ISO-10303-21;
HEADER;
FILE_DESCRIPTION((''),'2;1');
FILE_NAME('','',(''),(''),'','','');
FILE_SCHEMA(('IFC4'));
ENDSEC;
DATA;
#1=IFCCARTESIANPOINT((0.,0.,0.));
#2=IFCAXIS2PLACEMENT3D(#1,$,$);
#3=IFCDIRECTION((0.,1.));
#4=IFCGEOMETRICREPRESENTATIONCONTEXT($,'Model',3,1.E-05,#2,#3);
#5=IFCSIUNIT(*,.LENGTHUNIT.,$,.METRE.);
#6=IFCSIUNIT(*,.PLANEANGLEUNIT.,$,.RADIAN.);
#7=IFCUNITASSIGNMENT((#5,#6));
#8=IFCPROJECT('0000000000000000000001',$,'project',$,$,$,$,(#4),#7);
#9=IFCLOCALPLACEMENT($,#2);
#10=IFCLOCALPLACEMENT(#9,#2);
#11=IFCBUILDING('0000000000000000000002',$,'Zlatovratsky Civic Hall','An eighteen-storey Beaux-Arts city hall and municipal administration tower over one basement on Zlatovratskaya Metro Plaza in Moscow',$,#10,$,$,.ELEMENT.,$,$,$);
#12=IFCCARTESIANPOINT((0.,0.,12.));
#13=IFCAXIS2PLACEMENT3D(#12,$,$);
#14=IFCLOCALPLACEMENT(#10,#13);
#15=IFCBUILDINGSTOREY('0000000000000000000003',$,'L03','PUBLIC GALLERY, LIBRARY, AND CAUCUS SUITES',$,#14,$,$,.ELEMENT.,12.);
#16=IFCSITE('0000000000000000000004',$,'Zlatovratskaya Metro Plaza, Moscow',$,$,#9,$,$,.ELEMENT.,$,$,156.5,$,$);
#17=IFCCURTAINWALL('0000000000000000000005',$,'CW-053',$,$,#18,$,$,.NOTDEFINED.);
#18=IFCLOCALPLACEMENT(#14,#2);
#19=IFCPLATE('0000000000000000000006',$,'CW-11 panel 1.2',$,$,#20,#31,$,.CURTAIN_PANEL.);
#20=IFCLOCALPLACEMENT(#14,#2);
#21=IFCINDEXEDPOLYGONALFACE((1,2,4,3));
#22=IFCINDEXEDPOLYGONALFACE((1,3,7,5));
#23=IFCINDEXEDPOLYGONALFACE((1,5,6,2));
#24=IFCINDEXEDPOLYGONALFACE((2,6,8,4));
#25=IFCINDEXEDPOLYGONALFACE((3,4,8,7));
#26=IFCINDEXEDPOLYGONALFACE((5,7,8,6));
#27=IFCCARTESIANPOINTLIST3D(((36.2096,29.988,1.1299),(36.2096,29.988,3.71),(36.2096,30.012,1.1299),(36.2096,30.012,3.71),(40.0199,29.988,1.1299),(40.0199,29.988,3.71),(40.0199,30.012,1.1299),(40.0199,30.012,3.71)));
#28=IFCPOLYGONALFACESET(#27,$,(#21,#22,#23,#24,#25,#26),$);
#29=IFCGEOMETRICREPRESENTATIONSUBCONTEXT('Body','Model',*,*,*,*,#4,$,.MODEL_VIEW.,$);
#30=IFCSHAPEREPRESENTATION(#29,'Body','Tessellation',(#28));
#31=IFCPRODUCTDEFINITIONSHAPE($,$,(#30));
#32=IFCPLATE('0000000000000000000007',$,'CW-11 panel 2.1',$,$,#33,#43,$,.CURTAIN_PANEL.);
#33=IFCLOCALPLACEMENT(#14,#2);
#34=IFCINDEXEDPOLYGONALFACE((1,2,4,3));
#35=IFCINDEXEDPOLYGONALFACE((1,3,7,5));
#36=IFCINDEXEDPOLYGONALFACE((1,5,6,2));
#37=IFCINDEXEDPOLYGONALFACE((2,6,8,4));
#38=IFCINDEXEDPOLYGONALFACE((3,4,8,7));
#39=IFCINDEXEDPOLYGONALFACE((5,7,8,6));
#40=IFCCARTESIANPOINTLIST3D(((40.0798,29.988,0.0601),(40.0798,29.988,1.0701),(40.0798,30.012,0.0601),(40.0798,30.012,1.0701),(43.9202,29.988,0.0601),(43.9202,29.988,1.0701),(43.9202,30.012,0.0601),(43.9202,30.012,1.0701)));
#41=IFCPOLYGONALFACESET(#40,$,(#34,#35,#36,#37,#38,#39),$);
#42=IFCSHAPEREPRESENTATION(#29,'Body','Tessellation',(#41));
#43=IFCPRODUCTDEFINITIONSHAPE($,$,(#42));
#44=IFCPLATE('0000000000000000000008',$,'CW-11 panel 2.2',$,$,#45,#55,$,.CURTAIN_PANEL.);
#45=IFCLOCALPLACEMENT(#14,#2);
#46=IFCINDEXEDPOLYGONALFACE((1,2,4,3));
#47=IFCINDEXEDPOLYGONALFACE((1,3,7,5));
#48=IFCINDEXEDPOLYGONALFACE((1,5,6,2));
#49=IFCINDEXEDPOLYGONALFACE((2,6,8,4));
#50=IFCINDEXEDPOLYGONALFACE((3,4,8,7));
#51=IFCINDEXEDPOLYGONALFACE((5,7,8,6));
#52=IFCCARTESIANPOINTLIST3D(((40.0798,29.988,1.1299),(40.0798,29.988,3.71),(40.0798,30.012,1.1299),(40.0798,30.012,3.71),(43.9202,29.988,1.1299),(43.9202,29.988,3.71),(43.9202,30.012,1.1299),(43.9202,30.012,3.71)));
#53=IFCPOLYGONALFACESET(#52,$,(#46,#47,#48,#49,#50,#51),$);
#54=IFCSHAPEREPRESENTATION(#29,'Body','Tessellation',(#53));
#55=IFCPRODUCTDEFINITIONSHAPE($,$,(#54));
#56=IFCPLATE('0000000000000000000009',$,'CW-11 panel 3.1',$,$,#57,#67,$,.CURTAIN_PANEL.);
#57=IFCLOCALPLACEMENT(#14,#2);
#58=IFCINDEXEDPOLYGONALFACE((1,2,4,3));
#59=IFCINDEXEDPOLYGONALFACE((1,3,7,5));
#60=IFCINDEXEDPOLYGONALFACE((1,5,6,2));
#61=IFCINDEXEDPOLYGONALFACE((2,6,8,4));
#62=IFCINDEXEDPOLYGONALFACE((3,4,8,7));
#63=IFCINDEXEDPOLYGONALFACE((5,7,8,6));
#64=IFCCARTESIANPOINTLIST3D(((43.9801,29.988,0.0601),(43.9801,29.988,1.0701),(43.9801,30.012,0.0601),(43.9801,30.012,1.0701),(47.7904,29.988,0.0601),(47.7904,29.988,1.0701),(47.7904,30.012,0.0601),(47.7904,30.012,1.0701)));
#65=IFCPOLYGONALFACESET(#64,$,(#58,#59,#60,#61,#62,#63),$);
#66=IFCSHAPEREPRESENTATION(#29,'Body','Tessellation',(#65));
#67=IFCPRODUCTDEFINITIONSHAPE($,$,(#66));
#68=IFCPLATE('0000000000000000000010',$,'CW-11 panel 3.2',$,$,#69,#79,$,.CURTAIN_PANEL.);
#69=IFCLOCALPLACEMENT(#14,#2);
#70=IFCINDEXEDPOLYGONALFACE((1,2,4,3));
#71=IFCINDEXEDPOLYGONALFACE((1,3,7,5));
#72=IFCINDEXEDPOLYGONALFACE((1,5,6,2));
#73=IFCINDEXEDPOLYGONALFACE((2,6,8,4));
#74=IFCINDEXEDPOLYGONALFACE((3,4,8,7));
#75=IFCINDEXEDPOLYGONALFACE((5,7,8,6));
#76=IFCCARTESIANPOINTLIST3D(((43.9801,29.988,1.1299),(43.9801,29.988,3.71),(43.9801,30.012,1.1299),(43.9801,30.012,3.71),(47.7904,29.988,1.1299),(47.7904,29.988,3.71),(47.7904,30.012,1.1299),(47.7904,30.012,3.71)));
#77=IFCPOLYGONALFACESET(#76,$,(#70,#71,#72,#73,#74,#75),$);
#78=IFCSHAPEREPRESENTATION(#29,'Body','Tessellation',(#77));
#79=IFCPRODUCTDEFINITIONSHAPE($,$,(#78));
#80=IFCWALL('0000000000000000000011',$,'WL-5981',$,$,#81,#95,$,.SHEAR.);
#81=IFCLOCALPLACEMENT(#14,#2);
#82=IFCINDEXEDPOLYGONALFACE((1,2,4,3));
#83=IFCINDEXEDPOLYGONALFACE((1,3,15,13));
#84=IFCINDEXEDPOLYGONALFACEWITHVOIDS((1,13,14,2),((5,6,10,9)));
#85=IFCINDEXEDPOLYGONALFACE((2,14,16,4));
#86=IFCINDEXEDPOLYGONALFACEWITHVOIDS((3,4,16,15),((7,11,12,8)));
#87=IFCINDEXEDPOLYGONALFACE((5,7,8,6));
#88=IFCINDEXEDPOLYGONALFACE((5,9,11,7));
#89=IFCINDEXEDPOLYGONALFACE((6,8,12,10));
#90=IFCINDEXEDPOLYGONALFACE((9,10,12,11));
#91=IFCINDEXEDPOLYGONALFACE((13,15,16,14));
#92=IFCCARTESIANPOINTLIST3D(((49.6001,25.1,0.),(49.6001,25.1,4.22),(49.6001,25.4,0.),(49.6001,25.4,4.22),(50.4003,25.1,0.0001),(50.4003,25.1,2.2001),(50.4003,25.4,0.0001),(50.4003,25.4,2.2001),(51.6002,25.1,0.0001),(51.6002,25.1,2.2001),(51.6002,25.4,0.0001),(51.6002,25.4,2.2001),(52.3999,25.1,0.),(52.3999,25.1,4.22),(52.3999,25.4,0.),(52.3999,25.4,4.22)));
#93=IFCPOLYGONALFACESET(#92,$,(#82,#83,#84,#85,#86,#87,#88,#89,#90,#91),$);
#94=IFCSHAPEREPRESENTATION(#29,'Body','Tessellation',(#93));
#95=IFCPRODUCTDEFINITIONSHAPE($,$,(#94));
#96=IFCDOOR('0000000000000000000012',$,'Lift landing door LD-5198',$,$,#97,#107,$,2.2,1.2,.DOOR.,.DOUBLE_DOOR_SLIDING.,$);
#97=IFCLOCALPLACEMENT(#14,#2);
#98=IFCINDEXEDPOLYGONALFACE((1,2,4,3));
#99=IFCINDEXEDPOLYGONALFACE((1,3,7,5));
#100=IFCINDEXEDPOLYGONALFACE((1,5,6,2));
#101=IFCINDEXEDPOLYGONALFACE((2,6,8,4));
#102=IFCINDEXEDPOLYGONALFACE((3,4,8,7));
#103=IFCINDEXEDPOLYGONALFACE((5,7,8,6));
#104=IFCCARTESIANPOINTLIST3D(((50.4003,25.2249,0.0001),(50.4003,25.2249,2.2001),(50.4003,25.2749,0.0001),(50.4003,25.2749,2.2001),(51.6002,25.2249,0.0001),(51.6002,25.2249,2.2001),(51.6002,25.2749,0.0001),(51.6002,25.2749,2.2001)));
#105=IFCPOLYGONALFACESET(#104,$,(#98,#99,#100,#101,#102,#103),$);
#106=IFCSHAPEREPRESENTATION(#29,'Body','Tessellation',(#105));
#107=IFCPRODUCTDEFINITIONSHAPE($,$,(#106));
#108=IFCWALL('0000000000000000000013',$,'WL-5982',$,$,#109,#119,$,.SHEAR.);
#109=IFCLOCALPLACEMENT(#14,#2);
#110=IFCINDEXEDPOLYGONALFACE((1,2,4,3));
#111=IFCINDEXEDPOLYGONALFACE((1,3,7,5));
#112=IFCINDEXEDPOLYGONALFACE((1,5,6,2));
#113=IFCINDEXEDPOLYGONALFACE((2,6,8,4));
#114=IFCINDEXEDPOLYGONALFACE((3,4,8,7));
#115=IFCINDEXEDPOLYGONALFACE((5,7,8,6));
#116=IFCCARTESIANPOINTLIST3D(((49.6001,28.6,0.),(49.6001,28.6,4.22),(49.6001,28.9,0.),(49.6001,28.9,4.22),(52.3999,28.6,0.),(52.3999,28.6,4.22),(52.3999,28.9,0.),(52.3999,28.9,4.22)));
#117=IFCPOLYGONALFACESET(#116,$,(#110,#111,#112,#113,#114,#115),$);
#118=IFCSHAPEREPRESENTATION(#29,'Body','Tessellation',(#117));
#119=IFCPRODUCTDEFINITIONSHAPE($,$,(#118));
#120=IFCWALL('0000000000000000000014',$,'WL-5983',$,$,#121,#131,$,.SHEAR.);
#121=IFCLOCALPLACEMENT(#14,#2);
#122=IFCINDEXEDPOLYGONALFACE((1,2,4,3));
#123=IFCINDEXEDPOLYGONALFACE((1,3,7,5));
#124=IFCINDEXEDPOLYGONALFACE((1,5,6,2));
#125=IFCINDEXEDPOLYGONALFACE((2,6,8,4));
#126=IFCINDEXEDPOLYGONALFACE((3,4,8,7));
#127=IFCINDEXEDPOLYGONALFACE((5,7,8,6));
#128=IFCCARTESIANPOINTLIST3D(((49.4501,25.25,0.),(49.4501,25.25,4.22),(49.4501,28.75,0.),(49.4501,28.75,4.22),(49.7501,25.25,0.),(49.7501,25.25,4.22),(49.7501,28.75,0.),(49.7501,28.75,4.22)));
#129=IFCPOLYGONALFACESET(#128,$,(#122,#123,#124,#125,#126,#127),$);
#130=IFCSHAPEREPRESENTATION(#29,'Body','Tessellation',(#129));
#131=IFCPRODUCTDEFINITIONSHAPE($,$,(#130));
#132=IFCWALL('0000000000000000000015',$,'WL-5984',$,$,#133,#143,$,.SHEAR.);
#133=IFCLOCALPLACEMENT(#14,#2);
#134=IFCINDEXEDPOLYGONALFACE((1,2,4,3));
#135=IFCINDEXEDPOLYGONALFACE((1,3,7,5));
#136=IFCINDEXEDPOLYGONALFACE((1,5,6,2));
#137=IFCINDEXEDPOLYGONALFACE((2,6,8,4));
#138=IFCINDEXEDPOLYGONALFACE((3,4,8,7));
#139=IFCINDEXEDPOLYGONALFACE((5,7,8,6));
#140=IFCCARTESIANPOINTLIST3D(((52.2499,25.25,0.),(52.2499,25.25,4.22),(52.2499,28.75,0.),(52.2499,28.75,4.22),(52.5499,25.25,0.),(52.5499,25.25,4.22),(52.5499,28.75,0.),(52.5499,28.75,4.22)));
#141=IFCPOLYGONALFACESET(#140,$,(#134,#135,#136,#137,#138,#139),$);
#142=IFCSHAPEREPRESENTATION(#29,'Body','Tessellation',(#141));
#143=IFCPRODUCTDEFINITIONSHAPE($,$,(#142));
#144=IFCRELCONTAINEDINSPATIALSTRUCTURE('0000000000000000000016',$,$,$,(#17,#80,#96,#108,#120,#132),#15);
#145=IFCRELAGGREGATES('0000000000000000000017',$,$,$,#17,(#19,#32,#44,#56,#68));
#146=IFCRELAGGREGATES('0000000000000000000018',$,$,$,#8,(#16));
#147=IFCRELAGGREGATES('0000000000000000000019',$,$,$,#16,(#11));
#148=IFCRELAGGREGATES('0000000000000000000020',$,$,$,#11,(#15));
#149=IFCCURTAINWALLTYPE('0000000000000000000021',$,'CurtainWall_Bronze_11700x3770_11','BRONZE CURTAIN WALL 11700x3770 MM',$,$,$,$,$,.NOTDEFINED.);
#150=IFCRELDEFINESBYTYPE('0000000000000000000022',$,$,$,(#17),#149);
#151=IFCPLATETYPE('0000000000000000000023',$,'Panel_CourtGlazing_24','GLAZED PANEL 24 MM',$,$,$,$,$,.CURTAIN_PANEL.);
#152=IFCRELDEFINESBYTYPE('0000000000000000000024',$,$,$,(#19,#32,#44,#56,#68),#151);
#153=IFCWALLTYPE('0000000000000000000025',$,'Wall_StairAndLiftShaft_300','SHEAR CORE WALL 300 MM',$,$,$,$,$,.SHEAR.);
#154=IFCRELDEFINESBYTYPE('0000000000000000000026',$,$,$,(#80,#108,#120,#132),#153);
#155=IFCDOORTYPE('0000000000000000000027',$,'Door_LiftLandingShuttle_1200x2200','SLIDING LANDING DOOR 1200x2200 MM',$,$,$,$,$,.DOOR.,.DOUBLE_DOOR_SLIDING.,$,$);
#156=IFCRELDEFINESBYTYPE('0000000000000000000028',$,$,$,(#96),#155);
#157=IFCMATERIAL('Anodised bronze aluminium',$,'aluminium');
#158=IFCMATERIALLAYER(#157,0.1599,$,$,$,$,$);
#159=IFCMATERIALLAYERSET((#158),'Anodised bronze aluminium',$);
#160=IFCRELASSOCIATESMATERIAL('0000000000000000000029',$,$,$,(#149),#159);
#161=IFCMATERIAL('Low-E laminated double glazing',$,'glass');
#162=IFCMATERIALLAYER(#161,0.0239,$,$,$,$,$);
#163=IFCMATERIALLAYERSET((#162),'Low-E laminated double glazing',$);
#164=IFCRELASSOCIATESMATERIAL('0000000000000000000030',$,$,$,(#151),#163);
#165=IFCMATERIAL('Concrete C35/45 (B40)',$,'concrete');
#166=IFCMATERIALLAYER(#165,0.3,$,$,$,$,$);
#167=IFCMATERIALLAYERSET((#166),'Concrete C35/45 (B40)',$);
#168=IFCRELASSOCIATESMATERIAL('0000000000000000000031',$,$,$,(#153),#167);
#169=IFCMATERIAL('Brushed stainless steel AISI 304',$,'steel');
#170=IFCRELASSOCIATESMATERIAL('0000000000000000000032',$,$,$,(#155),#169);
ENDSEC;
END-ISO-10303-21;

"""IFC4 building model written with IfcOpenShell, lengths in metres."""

from ifc_helpers import new_model, si_unit, direction, frame, frame_2d, origin, origin_2d, place, context, subcontext, project, spatial, rectangle, extrude, material, layer, layer_set, type_object, element, fill, aggregate, save


model = new_model("IFC4")

# Units and contexts
model_context = context("Model", 3, precision=1e-05, world=origin(), true_north=direction((0.0, 1.0)))
body_context = subcontext(model_context, "Body", "Model", "MODEL_VIEW")
ifc_project = project(units=[si_unit("LENGTHUNIT", "METRE"), si_unit("PLANEANGLEUNIT", "RADIAN")], contexts=[model_context])

# Site, building, storey
site_placement = place(None, origin())
site = spatial("IfcSite", under=ifc_project, at=site_placement, Name="Zlatovratskaya Metro Plaza, Moscow", CompositionType="ELEMENT", RefElevation=156.5)
building_placement = place(site_placement, origin())
building = spatial("IfcBuilding", under=site, at=building_placement, Name="Zlatovratsky Civic Hall", Description="An eighteen-storey Beaux-Arts city hall and municipal administration tower over one basement on Zlatovratskaya Metro Plaza in Moscow", CompositionType="ELEMENT")
storey_placement = place(building_placement, frame((0.0, 0.0, 12.0)))
storey = spatial("IfcBuildingStorey", under=building, at=storey_placement, Name="L03", Description="PUBLIC GALLERY, LIBRARY, AND CAUCUS SUITES", CompositionType="ELEMENT", Elevation=12.0)

# Shared definitions
ifc_material_1 = material(Name="Concrete C35/45 (B40)", Category="concrete")

# Curtain wall
ifc_material_2 = material(Name="Anodised bronze aluminium", Category="aluminium")
ifc_layer_1 = layer(ifc_material_2, 0.1599)
ifc_layer_set_1 = layer_set([ifc_layer_1], Name="Anodised bronze aluminium")
curtain_wall_type = type_object("IfcCurtainWallType", Name="CurtainWall_Bronze_11700x3770_11", Description="BRONZE CURTAIN WALL 11700x3770 MM", PredefinedType="NOTDEFINED", material=ifc_layer_set_1)
curtain_wall_placement = place(storey_placement, origin())
curtain_wall = element("IfcCurtainWall", 1, at=curtain_wall_placement, inside=storey, type_object=curtain_wall_type, Name="CW-053", PredefinedType="NOTDEFINED")

# Plates
ifc_material_3 = material(Name="Low-E laminated double glazing", Category="glass")
ifc_layer_2 = layer(ifc_material_3, 0.0239)
ifc_layer_set_2 = layer_set([ifc_layer_2], Name="Low-E laminated double glazing")
plate_type = type_object("IfcPlateType", Name="Panel_CourtGlazing_24", Description="GLAZED PANEL 24 MM", PredefinedType="CURTAIN_PANEL", material=ifc_layer_set_2)
plate_1_placement = place(storey_placement, frame((38.1147, 30.0, 1.1299), z_axis=(0.0, 0.0, 1.0), x_axis=(1.0, 0.0, 0.0)))
plate_1 = element("IfcPlate", 2, at=plate_1_placement, type_object=plate_type, Name="CW-11 panel 1.2", PredefinedType="CURTAIN_PANEL", context=body_context, shape_type="SweptSolid", body=[
    extrude(rectangle(XDim=3.8103, YDim=0.0239, at=origin_2d()), origin(), (0.0, 0.0, 1.0), 2.5801),
])
plate_2_placement = place(storey_placement, frame((42.0, 30.0, 0.0601), z_axis=(0.0, 0.0, 1.0), x_axis=(1.0, 0.0, 0.0)))
plate_2 = element("IfcPlate", 3, at=plate_2_placement, type_object=plate_type, Name="CW-11 panel 2.1", PredefinedType="CURTAIN_PANEL", context=body_context, shape_type="SweptSolid", body=[
    extrude(rectangle(XDim=3.8403, YDim=0.0239, at=origin_2d()), origin(), (0.0, 0.0, 1.0), 1.01),
])
plate_3_placement = place(storey_placement, frame((42.0, 30.0, 1.1299), z_axis=(0.0, 0.0, 1.0), x_axis=(1.0, 0.0, 0.0)))
plate_3 = element("IfcPlate", 4, at=plate_3_placement, type_object=plate_type, Name="CW-11 panel 2.2", PredefinedType="CURTAIN_PANEL", context=body_context, shape_type="SweptSolid", body=[
    extrude(rectangle(XDim=3.8403, YDim=0.0239, at=origin_2d()), origin(), (0.0, 0.0, 1.0), 2.5801),
])
plate_4_placement = place(storey_placement, frame((45.8853, 30.0, 0.0601), z_axis=(0.0, 0.0, 1.0), x_axis=(1.0, 0.0, 0.0)))
plate_4 = element("IfcPlate", 5, at=plate_4_placement, type_object=plate_type, Name="CW-11 panel 3.1", PredefinedType="CURTAIN_PANEL", context=body_context, shape_type="SweptSolid", body=[
    extrude(rectangle(XDim=3.8103, YDim=0.0239, at=origin_2d()), origin(), (0.0, 0.0, 1.0), 1.01),
])
plate_5_placement = place(storey_placement, frame((45.8853, 30.0, 1.1299), z_axis=(0.0, 0.0, 1.0), x_axis=(1.0, 0.0, 0.0)))
plate_5 = element("IfcPlate", 6, at=plate_5_placement, type_object=plate_type, Name="CW-11 panel 3.2", PredefinedType="CURTAIN_PANEL", context=body_context, shape_type="SweptSolid", body=[
    extrude(rectangle(XDim=3.8103, YDim=0.0239, at=origin_2d()), origin(), (0.0, 0.0, 1.0), 2.5801),
])
aggregate(curtain_wall, [plate_1, plate_2, plate_3, plate_4, plate_5])

# Wall, opening, door
ifc_layer_3 = layer(ifc_material_1, 0.3)
ifc_layer_set_3 = layer_set([ifc_layer_3], Name="Concrete C35/45 (B40)")
wall_type = type_object("IfcWallType", Name="Wall_StairAndLiftShaft_300", Description="SHEAR CORE WALL 300 MM", PredefinedType="SHEAR", material=ifc_layer_set_3)
wall_1_placement = place(storey_placement, frame((49.6001, 25.25, 0.0), z_axis=(0.0, 0.0, 1.0), x_axis=(1.0, 0.0, 0.0)))
wall_1 = element("IfcWall", 7, at=wall_1_placement, inside=storey, type_object=wall_type, Name="WL-5981", PredefinedType="SHEAR", context=body_context, shape_type="SweptSolid", body=[
    extrude(rectangle(XDim=2.7998, YDim=0.3, at=frame_2d((1.3999, 0.0))), origin(), (0.0, 0.0, 1.0), 4.22),
])
opening_placement = place(wall_1_placement, frame((0.8, 0.0, 0.0)))
opening = element("IfcOpeningElement", 8, at=opening_placement, cuts=wall_1, PredefinedType="OPENING", context=body_context, shape_type="SweptSolid", body=[
    extrude(rectangle(XDim=1.2, YDim=2.2, at=frame_2d((0.6001, 1.1001))), frame((0.0, 0.165, 0.0), z_axis=(0.0, -1.0, 0.0), x_axis=(1.0, 0.0, 0.0)), (0.0, 0.0, 1.0), 0.3298),
])
ifc_material_4 = material(Name="Brushed stainless steel AISI 304", Category="steel")
door_type = type_object("IfcDoorType", Name="Door_LiftLandingShuttle_1200x2200", Description="SLIDING LANDING DOOR 1200x2200 MM", OperationType="DOUBLE_DOOR_SLIDING", PredefinedType="DOOR", material=ifc_material_4)
door_placement = place(opening_placement, origin())
door = element("IfcDoor", 9, at=door_placement, inside=storey, type_object=door_type, Name="Lift landing door LD-5198", OperationType="DOUBLE_DOOR_SLIDING", OverallHeight=2.2, OverallWidth=1.2, PredefinedType="DOOR", context=body_context, shape_type="SweptSolid", body=[
    extrude(rectangle(XDim=1.2, YDim=2.2, at=frame_2d((0.6001, 1.1001))), frame((0.0, 0.0249, 0.0), z_axis=(0.0, -1.0, 0.0), x_axis=(1.0, 0.0, 0.0)), (0.0, 0.0, 1.0), 0.05),
])
fill(opening, door)

# Walls
wall_2_placement = place(storey_placement, frame((49.6001, 28.75, 0.0), z_axis=(0.0, 0.0, 1.0), x_axis=(1.0, 0.0, 0.0)))
element("IfcWall", 10, at=wall_2_placement, inside=storey, type_object=wall_type, Name="WL-5982", PredefinedType="SHEAR", context=body_context, shape_type="SweptSolid", body=[
    extrude(rectangle(XDim=2.7998, YDim=0.3, at=frame_2d((1.3999, 0.0))), origin(), (0.0, 0.0, 1.0), 4.22),
])
for number, where, z_axis, x_axis, name in (
    (11, (49.6001, 25.25, 0.0), (0.0, 0.0, 1.0), (0.0, 1.0, 0.0), "WL-5983"),
    (12, (52.3999, 25.25, 0.0), (0.0, 0.0, 1.0), (0.0, 1.0, 0.0), "WL-5984"),
):
    element("IfcWall", number, at=place(storey_placement, frame(where, z_axis=z_axis, x_axis=x_axis)), inside=storey, type_object=wall_type, Name=name, PredefinedType="SHEAR", context=body_context, shape_type="SweptSolid", body=[
        extrude(rectangle(XDim=3.5, YDim=0.3, at=frame_2d((1.75, 0.0))), origin(), (0.0, 0.0, 1.0), 4.22),
    ])

save(model, "model.ifc")
